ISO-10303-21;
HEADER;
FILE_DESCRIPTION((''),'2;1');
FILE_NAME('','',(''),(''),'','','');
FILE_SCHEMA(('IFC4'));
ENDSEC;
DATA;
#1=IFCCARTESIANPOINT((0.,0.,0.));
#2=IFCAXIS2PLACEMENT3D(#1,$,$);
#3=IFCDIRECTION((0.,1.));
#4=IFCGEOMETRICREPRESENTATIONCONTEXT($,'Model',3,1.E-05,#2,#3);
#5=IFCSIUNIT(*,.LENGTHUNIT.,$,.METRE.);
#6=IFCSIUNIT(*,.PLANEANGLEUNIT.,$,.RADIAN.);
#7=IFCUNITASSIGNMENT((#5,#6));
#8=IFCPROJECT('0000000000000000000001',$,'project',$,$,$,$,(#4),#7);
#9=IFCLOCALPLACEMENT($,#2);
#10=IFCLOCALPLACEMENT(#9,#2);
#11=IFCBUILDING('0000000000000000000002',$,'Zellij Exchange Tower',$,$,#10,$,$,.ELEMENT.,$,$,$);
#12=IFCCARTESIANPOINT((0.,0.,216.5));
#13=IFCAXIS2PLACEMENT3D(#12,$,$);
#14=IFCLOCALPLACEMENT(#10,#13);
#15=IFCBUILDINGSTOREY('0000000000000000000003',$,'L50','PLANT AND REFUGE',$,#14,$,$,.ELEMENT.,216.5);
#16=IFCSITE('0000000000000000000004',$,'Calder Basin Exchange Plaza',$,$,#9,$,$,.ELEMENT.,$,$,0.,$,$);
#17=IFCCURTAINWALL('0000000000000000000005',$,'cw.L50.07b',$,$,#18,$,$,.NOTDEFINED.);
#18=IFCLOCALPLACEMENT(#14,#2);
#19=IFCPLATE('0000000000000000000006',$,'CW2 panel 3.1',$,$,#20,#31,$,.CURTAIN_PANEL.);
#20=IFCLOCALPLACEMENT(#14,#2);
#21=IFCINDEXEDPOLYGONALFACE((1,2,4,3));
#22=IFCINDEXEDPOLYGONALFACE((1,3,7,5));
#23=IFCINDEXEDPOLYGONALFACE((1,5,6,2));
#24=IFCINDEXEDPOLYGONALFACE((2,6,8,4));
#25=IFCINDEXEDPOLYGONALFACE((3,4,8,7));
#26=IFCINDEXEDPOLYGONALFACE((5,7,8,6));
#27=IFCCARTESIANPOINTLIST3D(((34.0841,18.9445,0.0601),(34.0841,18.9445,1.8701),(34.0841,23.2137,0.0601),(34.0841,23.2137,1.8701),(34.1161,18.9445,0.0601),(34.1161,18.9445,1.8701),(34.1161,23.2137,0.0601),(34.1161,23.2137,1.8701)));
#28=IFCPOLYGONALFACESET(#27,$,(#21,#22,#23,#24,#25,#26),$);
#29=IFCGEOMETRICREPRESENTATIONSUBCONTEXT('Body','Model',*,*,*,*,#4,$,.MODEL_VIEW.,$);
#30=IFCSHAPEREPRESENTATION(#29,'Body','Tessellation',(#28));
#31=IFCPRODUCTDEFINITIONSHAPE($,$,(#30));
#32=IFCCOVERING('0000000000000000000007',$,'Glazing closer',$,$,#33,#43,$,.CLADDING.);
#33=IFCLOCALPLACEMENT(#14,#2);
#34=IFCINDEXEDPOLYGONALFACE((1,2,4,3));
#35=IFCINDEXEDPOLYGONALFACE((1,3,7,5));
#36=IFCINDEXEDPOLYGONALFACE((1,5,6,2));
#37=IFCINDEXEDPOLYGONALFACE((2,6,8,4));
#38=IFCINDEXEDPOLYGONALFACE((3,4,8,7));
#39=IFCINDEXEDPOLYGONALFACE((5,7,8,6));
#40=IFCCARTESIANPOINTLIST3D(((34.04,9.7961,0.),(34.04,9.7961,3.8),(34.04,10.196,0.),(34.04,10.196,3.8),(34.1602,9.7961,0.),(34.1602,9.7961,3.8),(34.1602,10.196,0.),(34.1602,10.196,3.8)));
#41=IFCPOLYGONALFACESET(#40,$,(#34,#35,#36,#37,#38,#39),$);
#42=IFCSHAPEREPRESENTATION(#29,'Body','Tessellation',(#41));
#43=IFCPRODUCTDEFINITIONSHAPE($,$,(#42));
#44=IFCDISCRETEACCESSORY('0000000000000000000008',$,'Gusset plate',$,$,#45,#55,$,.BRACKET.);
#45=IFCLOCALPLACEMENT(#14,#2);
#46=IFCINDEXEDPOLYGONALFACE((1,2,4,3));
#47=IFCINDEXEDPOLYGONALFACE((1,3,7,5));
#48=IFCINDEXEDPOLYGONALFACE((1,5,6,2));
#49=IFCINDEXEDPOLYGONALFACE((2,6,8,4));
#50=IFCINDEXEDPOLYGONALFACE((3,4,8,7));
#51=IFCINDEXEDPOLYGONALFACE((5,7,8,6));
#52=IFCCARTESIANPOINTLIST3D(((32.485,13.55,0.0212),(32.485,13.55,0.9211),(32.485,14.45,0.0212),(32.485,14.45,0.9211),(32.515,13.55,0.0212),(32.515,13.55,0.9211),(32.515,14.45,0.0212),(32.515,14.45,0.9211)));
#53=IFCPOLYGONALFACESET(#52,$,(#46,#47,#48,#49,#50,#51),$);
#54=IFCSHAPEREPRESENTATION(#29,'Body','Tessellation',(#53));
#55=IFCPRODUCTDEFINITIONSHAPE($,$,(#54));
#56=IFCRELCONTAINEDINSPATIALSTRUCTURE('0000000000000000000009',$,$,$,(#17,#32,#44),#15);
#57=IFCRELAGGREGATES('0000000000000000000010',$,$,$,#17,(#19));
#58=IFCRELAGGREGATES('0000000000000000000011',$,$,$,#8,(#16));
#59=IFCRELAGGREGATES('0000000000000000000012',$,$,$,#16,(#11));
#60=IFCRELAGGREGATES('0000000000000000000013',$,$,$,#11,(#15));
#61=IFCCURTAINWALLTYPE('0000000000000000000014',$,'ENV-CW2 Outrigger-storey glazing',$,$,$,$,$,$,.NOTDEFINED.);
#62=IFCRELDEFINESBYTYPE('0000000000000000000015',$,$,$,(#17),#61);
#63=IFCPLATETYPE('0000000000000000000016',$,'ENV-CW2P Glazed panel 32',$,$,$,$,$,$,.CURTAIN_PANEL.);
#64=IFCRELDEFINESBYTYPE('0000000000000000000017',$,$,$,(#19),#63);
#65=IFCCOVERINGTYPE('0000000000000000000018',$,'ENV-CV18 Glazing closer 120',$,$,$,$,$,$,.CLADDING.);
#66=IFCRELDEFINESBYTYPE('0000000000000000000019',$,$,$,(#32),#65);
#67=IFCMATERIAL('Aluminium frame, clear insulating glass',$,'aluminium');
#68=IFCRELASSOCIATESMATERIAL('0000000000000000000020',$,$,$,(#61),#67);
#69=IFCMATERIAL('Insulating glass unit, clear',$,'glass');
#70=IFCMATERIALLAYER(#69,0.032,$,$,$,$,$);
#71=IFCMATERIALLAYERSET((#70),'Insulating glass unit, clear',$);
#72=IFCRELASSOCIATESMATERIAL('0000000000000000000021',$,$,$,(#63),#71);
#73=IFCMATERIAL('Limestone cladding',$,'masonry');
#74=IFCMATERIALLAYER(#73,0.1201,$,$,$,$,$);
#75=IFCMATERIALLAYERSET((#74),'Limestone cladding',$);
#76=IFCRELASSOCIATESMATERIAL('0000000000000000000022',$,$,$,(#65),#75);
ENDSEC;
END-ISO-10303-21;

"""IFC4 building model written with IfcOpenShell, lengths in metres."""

from ifc_helpers import new_model, si_unit, direction, frame, origin, origin_2d, place, context, subcontext, project, spatial, rectangle, extrude, material, layer, layer_set, type_object, element, aggregate, save


model = new_model("IFC4")

# Units and contexts
model_context = context("Model", 3, precision=1e-05, world=origin(), true_north=direction((0.0, 1.0)))
body_context = subcontext(model_context, "Body", "Model", "MODEL_VIEW")
ifc_project = project(units=[si_unit("LENGTHUNIT", "METRE"), si_unit("PLANEANGLEUNIT", "RADIAN")], contexts=[model_context])

# Site, building, storey
site_placement = place(None, origin())
site = spatial("IfcSite", under=ifc_project, at=site_placement, Name="Calder Basin Exchange Plaza", CompositionType="ELEMENT", RefElevation=0.0)
building_placement = place(site_placement, origin())
building = spatial("IfcBuilding", under=site, at=building_placement, Name="Zellij Exchange Tower", CompositionType="ELEMENT")
storey_placement = place(building_placement, frame((0.0, 0.0, 216.5)))
storey = spatial("IfcBuildingStorey", under=building, at=storey_placement, Name="L50", Description="PLANT AND REFUGE", CompositionType="ELEMENT", Elevation=216.5)

# Shared definitions
ifc_material_1 = material(Name="Aluminium frame, clear insulating glass", Category="aluminium")
curtain_wall_type = type_object("IfcCurtainWallType", Name="ENV-CW2 Outrigger-storey glazing", PredefinedType="NOTDEFINED", material=ifc_material_1)

# Curtain wall
curtain_wall_1_placement = place(storey_placement, origin())
curtain_wall_1 = element("IfcCurtainWall", 1, at=curtain_wall_1_placement, inside=storey, type_object=curtain_wall_type, Name="cw.L50.07b", PredefinedType="NOTDEFINED")

# Plate
ifc_material_2 = material(Name="Insulating glass unit, clear", Category="glass")
ifc_layer_1 = layer(ifc_material_2, 0.032)
ifc_layer_set_1 = layer_set([ifc_layer_1], Name="Insulating glass unit, clear")
plate_type_1 = type_object("IfcPlateType", Name="ENV-CW2P Glazed panel 32", PredefinedType="CURTAIN_PANEL", material=ifc_layer_set_1)
plate_1_placement = place(storey_placement, frame((34.1001, 21.0791, 0.0601), z_axis=(0.0, 0.0, 1.0), x_axis=(0.0, 1.0, 0.0)))
plate_1 = element("IfcPlate", 2, at=plate_1_placement, type_object=plate_type_1, Name="CW2 panel 3.1", PredefinedType="CURTAIN_PANEL", context=body_context, shape_type="SweptSolid", body=[
    extrude(rectangle(XDim=4.2693, YDim=0.032, at=origin_2d()), origin(), (0.0, 0.0, 1.0), 1.8101),
])
aggregate(curtain_wall_1, [plate_1])

# Covering
ifc_material_3 = material(Name="Limestone cladding", Category="masonry")
ifc_layer_2 = layer(ifc_material_3, 0.1201)
ifc_layer_set_2 = layer_set([ifc_layer_2], Name="Limestone cladding")
covering_type = type_object("IfcCoveringType", Name="ENV-CV18 Glazing closer 120", PredefinedType="CLADDING", material=ifc_layer_set_2)
covering_placement = place(storey_placement, frame((34.1001, 9.9961, 0.0), z_axis=(0.0, 0.0, 1.0), x_axis=(0.0, 1.0, 0.0)))
element("IfcCovering", 3, at=covering_placement, inside=storey, type_object=covering_type, Name="Glazing closer", PredefinedType="CLADDING", context=body_context, shape_type="SweptSolid", body=[
    extrude(rectangle(XDim=0.3999, YDim=0.1201, at=origin_2d()), origin(), (0.0, 0.0, 1.0), 3.8),
])

# Discrete accessory
discrete_accessory_placement = place(storey_placement, frame((32.5, 14.0, 0.0212), z_axis=(0.0, 0.0, 1.0), x_axis=(0.0, 1.0, 0.0)))
element("IfcDiscreteAccessory", 4, at=discrete_accessory_placement, inside=storey, Name="Gusset plate", PredefinedType="BRACKET", context=body_context, shape_type="SweptSolid", body=[
    extrude(rectangle(XDim=0.8999, YDim=0.03, at=origin_2d()), origin(), (0.0, 0.0, 1.0), 0.8999),
])

save(model, "model.ifc")
